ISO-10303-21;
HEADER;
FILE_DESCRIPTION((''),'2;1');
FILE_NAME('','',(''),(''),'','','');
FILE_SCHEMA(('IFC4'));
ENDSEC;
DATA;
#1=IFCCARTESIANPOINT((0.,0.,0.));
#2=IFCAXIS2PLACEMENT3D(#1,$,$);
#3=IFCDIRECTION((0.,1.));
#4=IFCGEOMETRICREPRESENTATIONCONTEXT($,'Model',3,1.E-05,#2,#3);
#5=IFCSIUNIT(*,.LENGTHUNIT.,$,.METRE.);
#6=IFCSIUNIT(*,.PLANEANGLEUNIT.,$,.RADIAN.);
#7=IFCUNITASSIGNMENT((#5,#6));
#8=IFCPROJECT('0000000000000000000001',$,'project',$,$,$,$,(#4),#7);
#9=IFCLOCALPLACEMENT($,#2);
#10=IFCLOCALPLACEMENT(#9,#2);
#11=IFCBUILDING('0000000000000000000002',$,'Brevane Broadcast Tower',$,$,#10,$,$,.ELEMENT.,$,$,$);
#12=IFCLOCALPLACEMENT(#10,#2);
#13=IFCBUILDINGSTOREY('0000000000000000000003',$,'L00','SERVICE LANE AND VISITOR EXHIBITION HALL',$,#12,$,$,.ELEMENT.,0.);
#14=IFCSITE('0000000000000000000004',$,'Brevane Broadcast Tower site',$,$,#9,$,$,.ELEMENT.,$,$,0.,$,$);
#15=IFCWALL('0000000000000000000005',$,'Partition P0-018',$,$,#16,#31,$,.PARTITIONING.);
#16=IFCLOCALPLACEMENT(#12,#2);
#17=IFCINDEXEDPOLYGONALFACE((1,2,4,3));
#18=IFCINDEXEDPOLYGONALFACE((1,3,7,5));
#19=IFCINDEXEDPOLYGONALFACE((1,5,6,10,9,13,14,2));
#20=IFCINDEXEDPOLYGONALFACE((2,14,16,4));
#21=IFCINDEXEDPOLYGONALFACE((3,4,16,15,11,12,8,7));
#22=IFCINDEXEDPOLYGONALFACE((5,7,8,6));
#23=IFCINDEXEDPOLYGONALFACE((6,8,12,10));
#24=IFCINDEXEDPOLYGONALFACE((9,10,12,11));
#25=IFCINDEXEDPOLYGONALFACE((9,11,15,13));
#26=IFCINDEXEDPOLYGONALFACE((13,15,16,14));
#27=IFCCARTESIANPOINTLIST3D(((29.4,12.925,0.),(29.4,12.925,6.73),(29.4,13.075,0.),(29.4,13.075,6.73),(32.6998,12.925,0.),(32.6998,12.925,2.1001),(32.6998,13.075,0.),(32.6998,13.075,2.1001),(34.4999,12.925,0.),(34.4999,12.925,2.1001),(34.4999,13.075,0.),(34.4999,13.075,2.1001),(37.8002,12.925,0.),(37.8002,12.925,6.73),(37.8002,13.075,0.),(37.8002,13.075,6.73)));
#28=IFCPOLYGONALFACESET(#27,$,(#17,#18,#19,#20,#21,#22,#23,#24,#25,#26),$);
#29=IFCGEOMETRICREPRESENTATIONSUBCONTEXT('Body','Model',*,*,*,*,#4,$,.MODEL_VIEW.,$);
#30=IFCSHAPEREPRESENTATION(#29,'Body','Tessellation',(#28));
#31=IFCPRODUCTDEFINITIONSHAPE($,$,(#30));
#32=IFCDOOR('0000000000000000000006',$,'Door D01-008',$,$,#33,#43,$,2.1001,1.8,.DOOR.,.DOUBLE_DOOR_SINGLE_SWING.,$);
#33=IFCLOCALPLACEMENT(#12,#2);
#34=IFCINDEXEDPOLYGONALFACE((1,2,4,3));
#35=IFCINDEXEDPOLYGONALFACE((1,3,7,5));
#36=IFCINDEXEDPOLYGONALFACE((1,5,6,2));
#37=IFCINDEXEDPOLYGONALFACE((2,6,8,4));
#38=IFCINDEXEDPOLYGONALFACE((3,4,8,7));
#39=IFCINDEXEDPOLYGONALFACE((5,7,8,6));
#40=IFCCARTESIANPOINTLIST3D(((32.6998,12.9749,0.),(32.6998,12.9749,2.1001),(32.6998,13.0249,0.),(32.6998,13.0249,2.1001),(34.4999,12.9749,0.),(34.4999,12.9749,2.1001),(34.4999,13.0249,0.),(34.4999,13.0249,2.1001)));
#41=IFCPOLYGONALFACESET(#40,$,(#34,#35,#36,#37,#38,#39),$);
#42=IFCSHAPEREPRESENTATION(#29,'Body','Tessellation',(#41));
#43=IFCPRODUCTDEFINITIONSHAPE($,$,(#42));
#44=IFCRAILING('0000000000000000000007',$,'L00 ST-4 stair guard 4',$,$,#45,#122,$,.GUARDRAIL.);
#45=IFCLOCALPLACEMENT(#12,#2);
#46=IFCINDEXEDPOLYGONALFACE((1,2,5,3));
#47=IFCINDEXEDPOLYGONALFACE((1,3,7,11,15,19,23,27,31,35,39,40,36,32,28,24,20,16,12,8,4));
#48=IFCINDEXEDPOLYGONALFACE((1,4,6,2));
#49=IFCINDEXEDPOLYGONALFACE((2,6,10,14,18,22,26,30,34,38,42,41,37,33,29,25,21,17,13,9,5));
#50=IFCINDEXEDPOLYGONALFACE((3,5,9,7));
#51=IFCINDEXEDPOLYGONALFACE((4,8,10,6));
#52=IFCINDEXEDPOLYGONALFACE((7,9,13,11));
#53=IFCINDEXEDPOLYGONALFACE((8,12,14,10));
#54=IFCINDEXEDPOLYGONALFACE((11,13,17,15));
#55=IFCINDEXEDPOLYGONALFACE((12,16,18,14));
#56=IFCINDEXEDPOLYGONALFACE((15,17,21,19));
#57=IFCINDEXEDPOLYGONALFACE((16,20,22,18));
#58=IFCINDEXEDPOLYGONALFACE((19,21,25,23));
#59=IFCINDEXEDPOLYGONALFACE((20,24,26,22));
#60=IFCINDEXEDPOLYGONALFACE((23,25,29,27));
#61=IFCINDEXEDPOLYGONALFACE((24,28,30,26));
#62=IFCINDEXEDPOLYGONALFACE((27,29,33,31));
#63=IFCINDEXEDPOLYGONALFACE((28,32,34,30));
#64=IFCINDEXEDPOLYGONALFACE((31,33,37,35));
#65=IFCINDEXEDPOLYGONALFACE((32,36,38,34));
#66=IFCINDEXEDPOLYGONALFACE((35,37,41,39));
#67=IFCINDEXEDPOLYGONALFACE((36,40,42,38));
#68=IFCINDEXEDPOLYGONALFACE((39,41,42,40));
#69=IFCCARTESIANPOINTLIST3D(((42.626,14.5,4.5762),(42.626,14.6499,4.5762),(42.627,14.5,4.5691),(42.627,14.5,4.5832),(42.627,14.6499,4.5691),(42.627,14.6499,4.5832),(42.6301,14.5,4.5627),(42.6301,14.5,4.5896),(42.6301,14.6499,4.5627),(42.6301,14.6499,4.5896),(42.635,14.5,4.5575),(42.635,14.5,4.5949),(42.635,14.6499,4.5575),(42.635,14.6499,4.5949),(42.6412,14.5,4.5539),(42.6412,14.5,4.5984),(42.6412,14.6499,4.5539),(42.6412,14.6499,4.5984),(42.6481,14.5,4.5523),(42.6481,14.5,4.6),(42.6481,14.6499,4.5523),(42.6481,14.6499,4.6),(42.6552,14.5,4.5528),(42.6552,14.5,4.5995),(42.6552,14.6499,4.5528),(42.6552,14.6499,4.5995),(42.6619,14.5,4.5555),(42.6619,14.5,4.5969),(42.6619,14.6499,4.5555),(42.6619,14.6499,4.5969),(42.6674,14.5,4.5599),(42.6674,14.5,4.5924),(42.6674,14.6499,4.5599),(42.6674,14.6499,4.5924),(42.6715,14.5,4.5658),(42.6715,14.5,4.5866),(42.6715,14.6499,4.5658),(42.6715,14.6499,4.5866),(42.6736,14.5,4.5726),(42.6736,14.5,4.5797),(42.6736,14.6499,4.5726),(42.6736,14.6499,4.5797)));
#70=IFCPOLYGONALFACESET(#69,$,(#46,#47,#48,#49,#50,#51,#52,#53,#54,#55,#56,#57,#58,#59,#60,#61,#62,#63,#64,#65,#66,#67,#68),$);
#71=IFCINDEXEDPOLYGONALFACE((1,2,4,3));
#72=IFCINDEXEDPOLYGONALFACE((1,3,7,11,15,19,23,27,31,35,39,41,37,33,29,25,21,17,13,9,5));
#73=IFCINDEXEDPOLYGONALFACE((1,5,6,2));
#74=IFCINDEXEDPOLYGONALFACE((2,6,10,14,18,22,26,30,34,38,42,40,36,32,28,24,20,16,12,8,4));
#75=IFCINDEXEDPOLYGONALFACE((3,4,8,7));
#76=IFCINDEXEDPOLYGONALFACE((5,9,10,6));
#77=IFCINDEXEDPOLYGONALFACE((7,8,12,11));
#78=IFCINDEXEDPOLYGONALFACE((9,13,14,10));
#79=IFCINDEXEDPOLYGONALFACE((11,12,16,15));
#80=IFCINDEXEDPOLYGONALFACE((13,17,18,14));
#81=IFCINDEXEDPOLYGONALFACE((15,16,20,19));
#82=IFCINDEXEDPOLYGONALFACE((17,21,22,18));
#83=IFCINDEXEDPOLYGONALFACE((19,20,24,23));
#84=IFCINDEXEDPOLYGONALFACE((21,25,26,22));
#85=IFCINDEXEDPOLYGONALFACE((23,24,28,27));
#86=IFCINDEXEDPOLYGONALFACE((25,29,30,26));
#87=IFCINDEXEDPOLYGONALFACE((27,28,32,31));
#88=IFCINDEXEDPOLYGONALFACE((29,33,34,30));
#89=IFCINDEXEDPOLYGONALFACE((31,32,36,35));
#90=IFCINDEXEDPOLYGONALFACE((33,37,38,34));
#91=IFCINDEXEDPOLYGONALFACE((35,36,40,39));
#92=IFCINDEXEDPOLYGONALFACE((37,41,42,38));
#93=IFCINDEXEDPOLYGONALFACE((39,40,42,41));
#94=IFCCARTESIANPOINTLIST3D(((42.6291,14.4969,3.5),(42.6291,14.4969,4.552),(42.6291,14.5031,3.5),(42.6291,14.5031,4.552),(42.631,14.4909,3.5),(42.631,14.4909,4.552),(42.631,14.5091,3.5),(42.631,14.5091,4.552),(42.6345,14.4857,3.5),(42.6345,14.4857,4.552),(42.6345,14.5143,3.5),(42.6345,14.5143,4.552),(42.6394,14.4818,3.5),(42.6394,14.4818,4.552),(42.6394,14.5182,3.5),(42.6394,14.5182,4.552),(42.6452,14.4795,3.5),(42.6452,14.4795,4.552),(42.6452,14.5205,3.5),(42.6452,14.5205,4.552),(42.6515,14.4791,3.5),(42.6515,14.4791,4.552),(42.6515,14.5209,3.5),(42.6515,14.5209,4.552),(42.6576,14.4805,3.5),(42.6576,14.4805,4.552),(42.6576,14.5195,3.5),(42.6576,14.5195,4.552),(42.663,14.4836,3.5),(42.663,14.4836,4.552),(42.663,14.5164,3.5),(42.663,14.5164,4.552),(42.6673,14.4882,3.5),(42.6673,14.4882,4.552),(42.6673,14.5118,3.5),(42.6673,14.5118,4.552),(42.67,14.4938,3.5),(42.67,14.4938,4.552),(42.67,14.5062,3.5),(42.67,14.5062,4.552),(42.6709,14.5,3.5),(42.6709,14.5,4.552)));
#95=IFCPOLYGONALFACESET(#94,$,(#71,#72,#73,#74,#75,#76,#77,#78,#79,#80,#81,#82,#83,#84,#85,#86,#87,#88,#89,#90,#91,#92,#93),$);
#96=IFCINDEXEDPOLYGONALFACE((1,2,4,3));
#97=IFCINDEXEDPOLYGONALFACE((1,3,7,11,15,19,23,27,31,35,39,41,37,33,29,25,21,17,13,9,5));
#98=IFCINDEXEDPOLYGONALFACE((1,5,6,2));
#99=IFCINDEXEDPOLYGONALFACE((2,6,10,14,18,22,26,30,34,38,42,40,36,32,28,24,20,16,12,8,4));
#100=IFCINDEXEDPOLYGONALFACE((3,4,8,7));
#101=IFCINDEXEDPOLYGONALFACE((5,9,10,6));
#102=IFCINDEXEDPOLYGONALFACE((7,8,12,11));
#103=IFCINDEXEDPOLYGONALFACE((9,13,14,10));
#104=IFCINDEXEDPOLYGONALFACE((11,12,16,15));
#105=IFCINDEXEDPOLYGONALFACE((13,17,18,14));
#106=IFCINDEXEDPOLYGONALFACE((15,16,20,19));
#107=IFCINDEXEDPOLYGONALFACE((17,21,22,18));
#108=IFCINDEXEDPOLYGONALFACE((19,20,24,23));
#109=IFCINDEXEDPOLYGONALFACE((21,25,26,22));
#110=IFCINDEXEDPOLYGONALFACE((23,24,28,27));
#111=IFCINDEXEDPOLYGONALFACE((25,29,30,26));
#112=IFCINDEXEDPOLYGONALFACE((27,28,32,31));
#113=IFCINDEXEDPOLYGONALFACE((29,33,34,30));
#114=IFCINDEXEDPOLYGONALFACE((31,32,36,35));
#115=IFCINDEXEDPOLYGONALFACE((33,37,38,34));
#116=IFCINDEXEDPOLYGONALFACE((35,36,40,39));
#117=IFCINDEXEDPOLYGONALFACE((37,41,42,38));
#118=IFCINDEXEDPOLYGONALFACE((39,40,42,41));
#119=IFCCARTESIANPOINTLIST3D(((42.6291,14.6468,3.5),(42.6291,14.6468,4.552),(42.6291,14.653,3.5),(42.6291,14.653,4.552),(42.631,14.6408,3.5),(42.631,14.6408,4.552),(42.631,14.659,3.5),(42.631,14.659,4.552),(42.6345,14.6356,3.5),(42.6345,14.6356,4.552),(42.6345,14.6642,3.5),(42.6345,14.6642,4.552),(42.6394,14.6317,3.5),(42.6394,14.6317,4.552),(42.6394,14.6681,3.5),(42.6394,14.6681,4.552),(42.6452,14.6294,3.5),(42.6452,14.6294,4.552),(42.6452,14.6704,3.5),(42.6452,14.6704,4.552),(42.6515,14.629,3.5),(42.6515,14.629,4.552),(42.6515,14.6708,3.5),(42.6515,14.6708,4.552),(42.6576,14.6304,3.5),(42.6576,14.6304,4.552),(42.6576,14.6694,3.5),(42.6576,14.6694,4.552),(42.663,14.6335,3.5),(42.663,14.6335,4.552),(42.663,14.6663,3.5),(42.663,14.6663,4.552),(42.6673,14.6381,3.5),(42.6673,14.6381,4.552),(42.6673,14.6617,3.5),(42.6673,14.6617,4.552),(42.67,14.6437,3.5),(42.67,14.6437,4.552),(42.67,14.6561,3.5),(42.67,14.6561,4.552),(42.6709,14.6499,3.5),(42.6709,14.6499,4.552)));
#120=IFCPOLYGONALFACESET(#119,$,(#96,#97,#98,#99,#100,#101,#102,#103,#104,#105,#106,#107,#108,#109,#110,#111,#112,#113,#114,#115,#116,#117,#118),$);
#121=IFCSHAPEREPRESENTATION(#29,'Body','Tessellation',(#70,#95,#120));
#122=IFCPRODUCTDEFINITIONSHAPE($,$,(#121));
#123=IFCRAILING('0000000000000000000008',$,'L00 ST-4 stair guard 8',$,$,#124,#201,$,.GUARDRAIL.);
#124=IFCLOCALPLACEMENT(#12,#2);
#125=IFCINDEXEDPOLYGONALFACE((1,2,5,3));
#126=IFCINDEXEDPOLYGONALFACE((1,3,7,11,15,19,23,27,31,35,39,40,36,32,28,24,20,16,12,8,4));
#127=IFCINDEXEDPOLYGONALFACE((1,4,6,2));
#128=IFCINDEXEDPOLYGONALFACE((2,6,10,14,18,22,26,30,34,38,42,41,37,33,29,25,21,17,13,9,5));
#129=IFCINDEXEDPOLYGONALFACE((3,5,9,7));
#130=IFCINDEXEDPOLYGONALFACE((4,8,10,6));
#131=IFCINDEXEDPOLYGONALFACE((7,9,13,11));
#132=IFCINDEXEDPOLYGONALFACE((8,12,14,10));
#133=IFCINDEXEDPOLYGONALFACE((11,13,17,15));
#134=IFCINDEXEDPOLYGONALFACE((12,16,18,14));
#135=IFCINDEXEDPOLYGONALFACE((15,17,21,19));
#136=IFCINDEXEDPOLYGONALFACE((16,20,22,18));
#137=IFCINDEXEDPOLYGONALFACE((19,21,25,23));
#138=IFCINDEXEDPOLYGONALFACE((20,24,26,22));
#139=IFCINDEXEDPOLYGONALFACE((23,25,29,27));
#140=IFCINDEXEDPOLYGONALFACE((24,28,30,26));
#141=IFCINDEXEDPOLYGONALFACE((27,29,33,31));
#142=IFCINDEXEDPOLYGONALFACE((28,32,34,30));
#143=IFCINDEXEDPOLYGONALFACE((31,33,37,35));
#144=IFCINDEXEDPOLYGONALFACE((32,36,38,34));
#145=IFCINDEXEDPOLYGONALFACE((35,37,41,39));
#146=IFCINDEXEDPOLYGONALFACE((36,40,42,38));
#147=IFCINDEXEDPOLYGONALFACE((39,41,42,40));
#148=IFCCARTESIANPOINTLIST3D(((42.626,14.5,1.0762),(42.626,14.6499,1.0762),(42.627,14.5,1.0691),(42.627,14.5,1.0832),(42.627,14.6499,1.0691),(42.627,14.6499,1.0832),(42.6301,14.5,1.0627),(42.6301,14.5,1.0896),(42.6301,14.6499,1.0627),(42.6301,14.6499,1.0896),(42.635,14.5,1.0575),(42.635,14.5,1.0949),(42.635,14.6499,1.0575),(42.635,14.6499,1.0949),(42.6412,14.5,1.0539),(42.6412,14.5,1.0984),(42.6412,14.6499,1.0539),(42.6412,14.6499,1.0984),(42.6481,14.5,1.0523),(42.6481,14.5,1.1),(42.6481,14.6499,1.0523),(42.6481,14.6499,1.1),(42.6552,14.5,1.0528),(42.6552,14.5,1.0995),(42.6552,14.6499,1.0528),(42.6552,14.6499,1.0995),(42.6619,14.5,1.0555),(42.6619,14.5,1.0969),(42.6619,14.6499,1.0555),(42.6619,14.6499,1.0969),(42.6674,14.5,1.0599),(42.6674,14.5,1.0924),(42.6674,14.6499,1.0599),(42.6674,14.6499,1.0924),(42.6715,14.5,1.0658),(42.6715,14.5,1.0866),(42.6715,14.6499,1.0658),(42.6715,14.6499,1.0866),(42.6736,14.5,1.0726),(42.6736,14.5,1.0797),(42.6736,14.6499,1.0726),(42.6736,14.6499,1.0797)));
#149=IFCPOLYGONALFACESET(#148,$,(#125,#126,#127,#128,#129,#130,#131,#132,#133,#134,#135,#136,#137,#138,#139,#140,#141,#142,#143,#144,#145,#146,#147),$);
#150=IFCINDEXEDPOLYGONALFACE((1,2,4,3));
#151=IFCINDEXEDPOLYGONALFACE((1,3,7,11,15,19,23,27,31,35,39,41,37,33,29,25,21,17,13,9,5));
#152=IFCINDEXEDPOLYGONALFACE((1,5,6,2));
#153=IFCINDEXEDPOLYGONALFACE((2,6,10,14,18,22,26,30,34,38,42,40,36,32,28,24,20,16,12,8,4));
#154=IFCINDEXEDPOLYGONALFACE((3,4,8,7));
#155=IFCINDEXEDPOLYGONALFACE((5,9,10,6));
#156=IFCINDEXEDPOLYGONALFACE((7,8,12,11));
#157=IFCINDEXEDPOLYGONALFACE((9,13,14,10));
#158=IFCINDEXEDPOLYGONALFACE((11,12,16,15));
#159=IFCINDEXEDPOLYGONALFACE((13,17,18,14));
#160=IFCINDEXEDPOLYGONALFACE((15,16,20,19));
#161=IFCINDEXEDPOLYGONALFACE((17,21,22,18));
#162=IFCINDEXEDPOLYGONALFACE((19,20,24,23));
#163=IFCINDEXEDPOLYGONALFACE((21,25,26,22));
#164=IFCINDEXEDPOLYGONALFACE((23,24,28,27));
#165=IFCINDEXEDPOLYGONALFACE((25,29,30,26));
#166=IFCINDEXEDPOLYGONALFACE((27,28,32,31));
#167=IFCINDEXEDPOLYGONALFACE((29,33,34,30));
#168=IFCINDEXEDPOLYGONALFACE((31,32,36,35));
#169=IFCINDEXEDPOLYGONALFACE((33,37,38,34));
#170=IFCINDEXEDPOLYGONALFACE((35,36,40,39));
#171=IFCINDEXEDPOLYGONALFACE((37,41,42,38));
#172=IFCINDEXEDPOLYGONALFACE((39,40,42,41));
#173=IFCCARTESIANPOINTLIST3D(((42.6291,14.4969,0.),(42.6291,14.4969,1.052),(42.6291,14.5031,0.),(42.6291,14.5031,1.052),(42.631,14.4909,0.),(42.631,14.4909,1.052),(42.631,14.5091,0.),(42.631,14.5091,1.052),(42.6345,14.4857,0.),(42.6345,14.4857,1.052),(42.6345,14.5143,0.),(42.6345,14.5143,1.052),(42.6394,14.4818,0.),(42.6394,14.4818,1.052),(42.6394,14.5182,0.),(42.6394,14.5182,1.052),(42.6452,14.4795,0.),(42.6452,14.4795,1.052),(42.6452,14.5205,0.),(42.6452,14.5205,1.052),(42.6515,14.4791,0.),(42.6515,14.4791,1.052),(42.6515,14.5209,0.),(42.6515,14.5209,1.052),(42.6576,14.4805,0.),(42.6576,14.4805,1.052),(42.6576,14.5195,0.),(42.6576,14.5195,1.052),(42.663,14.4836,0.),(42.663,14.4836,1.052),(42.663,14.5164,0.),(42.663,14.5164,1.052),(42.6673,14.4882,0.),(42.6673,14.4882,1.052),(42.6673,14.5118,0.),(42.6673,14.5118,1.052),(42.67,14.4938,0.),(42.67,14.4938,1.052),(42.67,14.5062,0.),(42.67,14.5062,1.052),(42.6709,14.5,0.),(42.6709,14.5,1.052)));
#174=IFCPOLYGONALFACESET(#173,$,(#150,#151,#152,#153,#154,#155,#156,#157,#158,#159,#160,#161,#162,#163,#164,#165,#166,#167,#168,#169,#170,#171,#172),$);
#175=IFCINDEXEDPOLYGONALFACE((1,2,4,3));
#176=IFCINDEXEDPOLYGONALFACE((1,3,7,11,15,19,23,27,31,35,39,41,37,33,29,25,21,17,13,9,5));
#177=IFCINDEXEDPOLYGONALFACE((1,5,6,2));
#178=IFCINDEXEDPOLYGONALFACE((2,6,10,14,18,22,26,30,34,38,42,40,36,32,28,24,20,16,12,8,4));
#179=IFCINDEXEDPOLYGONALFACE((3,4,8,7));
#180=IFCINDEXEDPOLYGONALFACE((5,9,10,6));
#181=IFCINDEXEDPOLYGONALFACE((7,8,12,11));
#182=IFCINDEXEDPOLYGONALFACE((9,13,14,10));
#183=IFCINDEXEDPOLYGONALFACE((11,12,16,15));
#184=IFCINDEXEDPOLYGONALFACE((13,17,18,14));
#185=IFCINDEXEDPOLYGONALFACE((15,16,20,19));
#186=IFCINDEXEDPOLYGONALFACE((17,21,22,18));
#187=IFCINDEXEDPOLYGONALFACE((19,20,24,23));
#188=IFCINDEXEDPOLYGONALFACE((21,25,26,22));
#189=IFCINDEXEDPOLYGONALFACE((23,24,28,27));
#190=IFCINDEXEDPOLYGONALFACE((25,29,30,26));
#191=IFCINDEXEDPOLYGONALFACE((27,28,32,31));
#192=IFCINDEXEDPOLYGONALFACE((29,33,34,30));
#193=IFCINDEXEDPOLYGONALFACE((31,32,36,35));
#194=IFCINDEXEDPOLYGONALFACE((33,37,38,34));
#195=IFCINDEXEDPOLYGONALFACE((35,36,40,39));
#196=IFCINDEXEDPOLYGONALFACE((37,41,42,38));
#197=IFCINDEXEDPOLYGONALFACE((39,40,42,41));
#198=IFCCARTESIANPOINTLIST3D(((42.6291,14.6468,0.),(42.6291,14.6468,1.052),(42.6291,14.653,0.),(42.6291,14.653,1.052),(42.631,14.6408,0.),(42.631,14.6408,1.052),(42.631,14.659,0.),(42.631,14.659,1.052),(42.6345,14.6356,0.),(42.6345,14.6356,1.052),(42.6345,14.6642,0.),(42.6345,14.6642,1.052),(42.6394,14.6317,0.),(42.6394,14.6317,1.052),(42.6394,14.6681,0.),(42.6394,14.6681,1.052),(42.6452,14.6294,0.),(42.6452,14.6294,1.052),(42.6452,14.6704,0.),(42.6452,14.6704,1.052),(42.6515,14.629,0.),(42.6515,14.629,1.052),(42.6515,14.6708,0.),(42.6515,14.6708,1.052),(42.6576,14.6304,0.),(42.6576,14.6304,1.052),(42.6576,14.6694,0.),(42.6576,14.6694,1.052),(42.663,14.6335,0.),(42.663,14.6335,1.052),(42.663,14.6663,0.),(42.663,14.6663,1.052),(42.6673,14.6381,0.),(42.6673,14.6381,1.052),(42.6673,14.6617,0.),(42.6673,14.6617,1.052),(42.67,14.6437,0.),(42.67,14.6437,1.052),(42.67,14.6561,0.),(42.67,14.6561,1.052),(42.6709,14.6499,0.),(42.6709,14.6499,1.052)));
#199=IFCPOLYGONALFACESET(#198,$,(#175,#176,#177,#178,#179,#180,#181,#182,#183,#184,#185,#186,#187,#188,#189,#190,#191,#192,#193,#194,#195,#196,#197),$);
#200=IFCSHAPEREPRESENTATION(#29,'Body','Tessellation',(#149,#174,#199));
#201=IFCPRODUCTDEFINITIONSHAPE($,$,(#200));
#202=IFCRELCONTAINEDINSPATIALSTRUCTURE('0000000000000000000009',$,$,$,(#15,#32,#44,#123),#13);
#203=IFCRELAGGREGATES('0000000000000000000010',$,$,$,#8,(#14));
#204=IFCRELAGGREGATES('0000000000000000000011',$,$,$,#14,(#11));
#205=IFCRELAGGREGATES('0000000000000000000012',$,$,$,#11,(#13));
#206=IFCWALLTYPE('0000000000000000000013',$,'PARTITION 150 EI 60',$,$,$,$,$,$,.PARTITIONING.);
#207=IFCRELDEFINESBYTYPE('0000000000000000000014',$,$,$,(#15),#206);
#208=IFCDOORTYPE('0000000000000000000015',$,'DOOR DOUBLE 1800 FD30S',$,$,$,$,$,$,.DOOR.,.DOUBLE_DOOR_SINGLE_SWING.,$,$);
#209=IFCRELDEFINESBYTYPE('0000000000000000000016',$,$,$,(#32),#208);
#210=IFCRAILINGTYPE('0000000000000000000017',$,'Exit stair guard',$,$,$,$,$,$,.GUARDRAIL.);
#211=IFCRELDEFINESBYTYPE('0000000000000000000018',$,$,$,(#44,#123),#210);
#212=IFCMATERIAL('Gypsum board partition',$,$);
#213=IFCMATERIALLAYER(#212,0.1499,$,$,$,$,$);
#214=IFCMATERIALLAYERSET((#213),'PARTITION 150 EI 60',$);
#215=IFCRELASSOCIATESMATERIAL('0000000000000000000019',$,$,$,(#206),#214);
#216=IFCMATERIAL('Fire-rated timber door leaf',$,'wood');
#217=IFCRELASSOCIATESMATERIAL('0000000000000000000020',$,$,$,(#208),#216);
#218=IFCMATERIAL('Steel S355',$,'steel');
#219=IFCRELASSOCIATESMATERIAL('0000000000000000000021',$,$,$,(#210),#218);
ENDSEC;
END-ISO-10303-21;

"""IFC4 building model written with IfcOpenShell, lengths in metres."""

from ifc_helpers import new_model, si_unit, direction, frame, frame_2d, origin, origin_2d, place, context, subcontext, project, spatial, rectangle, circle, extrude, material, layer, layer_set, type_object, element, fill, save


model = new_model("IFC4")

# Units and contexts
model_context = context("Model", 3, precision=1e-05, world=origin(), true_north=direction((0.0, 1.0)))
body_context = subcontext(model_context, "Body", "Model", "MODEL_VIEW")
ifc_project = project(units=[si_unit("LENGTHUNIT", "METRE"), si_unit("PLANEANGLEUNIT", "RADIAN")], contexts=[model_context])

# Site, building, storey
site_placement = place(None, origin())
site = spatial("IfcSite", under=ifc_project, at=site_placement, Name="Brevane Broadcast Tower site", CompositionType="ELEMENT", RefElevation=0.0)
building_placement = place(site_placement, origin())
building = spatial("IfcBuilding", under=site, at=building_placement, Name="Brevane Broadcast Tower", CompositionType="ELEMENT")
storey_placement = place(building_placement, origin())
storey = spatial("IfcBuildingStorey", under=building, at=storey_placement, Name="L00", Description="SERVICE LANE AND VISITOR EXHIBITION HALL", CompositionType="ELEMENT", Elevation=0.0)

# Shared definitions
ifc_material_1 = material(Name="Gypsum board partition")
ifc_layer_1 = layer(ifc_material_1, 0.1499)
ifc_layer_set_1 = layer_set([ifc_layer_1], Name="PARTITION 150 EI 60")
wall_type_1 = type_object("IfcWallType", Name="PARTITION 150 EI 60", PredefinedType="PARTITIONING", material=ifc_layer_set_1)

# Shared definitions
ifc_material_2 = material(Name="Fire-rated timber door leaf", Category="wood")

# Wall, opening, door
wall_1_placement = place(storey_placement, frame((29.3999, 13.0, 0.0), z_axis=(0.0, 0.0, 1.0), x_axis=(1.0, 0.0, 0.0)))
wall_1 = element("IfcWall", 1, at=wall_1_placement, inside=storey, type_object=wall_type_1, Name="Partition P0-018", PredefinedType="PARTITIONING", context=body_context, shape_type="SweptSolid", body=[
    extrude(rectangle(XDim=8.4001, YDim=0.1499, at=frame_2d((4.2002, 0.0))), origin(), (0.0, 0.0, 1.0), 6.73),
])
opening_1_placement = place(wall_1_placement, frame((3.3, 0.0, 0.0)))
opening_1 = element("IfcOpeningElement", 2, at=opening_1_placement, cuts=wall_1, PredefinedType="OPENING", context=body_context, shape_type="SweptSolid", body=[
    extrude(rectangle(XDim=1.8, YDim=2.1001, at=frame_2d((0.8999, 1.05))), frame((0.0, 0.085, 0.0), z_axis=(0.0, -1.0, 0.0), x_axis=(1.0, 0.0, 0.0)), (0.0, 0.0, 1.0), 0.1699),
])
door_type_1 = type_object("IfcDoorType", Name="DOOR DOUBLE 1800 FD30S", OperationType="DOUBLE_DOOR_SINGLE_SWING", PredefinedType="DOOR", material=ifc_material_2)
door_1_placement = place(opening_1_placement, origin())
door_1 = element("IfcDoor", 3, at=door_1_placement, inside=storey, type_object=door_type_1, Name="Door D01-008", OperationType="DOUBLE_DOOR_SINGLE_SWING", OverallHeight=2.1001, OverallWidth=1.8, PredefinedType="DOOR", context=body_context, shape_type="SweptSolid", body=[
    extrude(rectangle(XDim=1.8, YDim=2.1001, at=frame_2d((0.8999, 1.05))), frame((0.0, 0.0249, 0.0), z_axis=(0.0, -1.0, 0.0), x_axis=(1.0, 0.0, 0.0)), (0.0, 0.0, 1.0), 0.05),
])
fill(opening_1, door_1)

# Railings
ifc_material_3 = material(Name="Steel S355", Category="steel")
railing_type_1 = type_object("IfcRailingType", Name="Exit stair guard", PredefinedType="GUARDRAIL", material=ifc_material_3)
for number, where, name in (
    (4, (42.6499, 14.5, 3.5), "L00 ST-4 stair guard 4"),
    (5, (42.6499, 14.5, 0.0), "L00 ST-4 stair guard 8"),
):
    element("IfcRailing", number, at=place(storey_placement, frame(where)), inside=storey, type_object=railing_type_1, Name=name, PredefinedType="GUARDRAIL", context=body_context, shape_type="SweptSolid", body=[
        extrude(circle(Radius=0.0239, at=origin_2d()), frame((0.0, 0.0, 1.0762), z_axis=(0.0, 1.0, 0.0), x_axis=(-1.0, 0.0, 0.0)), (0.0, 0.0, 1.0), 0.1499),
        extrude(circle(Radius=0.021, at=origin_2d()), origin(), (0.0, 0.0, 1.0), 1.052),
        extrude(circle(Radius=0.021, at=origin_2d()), frame((0.0, 0.1499, 0.0)), (0.0, 0.0, 1.0), 1.052),
    ])

save(model, "model.ifc")
